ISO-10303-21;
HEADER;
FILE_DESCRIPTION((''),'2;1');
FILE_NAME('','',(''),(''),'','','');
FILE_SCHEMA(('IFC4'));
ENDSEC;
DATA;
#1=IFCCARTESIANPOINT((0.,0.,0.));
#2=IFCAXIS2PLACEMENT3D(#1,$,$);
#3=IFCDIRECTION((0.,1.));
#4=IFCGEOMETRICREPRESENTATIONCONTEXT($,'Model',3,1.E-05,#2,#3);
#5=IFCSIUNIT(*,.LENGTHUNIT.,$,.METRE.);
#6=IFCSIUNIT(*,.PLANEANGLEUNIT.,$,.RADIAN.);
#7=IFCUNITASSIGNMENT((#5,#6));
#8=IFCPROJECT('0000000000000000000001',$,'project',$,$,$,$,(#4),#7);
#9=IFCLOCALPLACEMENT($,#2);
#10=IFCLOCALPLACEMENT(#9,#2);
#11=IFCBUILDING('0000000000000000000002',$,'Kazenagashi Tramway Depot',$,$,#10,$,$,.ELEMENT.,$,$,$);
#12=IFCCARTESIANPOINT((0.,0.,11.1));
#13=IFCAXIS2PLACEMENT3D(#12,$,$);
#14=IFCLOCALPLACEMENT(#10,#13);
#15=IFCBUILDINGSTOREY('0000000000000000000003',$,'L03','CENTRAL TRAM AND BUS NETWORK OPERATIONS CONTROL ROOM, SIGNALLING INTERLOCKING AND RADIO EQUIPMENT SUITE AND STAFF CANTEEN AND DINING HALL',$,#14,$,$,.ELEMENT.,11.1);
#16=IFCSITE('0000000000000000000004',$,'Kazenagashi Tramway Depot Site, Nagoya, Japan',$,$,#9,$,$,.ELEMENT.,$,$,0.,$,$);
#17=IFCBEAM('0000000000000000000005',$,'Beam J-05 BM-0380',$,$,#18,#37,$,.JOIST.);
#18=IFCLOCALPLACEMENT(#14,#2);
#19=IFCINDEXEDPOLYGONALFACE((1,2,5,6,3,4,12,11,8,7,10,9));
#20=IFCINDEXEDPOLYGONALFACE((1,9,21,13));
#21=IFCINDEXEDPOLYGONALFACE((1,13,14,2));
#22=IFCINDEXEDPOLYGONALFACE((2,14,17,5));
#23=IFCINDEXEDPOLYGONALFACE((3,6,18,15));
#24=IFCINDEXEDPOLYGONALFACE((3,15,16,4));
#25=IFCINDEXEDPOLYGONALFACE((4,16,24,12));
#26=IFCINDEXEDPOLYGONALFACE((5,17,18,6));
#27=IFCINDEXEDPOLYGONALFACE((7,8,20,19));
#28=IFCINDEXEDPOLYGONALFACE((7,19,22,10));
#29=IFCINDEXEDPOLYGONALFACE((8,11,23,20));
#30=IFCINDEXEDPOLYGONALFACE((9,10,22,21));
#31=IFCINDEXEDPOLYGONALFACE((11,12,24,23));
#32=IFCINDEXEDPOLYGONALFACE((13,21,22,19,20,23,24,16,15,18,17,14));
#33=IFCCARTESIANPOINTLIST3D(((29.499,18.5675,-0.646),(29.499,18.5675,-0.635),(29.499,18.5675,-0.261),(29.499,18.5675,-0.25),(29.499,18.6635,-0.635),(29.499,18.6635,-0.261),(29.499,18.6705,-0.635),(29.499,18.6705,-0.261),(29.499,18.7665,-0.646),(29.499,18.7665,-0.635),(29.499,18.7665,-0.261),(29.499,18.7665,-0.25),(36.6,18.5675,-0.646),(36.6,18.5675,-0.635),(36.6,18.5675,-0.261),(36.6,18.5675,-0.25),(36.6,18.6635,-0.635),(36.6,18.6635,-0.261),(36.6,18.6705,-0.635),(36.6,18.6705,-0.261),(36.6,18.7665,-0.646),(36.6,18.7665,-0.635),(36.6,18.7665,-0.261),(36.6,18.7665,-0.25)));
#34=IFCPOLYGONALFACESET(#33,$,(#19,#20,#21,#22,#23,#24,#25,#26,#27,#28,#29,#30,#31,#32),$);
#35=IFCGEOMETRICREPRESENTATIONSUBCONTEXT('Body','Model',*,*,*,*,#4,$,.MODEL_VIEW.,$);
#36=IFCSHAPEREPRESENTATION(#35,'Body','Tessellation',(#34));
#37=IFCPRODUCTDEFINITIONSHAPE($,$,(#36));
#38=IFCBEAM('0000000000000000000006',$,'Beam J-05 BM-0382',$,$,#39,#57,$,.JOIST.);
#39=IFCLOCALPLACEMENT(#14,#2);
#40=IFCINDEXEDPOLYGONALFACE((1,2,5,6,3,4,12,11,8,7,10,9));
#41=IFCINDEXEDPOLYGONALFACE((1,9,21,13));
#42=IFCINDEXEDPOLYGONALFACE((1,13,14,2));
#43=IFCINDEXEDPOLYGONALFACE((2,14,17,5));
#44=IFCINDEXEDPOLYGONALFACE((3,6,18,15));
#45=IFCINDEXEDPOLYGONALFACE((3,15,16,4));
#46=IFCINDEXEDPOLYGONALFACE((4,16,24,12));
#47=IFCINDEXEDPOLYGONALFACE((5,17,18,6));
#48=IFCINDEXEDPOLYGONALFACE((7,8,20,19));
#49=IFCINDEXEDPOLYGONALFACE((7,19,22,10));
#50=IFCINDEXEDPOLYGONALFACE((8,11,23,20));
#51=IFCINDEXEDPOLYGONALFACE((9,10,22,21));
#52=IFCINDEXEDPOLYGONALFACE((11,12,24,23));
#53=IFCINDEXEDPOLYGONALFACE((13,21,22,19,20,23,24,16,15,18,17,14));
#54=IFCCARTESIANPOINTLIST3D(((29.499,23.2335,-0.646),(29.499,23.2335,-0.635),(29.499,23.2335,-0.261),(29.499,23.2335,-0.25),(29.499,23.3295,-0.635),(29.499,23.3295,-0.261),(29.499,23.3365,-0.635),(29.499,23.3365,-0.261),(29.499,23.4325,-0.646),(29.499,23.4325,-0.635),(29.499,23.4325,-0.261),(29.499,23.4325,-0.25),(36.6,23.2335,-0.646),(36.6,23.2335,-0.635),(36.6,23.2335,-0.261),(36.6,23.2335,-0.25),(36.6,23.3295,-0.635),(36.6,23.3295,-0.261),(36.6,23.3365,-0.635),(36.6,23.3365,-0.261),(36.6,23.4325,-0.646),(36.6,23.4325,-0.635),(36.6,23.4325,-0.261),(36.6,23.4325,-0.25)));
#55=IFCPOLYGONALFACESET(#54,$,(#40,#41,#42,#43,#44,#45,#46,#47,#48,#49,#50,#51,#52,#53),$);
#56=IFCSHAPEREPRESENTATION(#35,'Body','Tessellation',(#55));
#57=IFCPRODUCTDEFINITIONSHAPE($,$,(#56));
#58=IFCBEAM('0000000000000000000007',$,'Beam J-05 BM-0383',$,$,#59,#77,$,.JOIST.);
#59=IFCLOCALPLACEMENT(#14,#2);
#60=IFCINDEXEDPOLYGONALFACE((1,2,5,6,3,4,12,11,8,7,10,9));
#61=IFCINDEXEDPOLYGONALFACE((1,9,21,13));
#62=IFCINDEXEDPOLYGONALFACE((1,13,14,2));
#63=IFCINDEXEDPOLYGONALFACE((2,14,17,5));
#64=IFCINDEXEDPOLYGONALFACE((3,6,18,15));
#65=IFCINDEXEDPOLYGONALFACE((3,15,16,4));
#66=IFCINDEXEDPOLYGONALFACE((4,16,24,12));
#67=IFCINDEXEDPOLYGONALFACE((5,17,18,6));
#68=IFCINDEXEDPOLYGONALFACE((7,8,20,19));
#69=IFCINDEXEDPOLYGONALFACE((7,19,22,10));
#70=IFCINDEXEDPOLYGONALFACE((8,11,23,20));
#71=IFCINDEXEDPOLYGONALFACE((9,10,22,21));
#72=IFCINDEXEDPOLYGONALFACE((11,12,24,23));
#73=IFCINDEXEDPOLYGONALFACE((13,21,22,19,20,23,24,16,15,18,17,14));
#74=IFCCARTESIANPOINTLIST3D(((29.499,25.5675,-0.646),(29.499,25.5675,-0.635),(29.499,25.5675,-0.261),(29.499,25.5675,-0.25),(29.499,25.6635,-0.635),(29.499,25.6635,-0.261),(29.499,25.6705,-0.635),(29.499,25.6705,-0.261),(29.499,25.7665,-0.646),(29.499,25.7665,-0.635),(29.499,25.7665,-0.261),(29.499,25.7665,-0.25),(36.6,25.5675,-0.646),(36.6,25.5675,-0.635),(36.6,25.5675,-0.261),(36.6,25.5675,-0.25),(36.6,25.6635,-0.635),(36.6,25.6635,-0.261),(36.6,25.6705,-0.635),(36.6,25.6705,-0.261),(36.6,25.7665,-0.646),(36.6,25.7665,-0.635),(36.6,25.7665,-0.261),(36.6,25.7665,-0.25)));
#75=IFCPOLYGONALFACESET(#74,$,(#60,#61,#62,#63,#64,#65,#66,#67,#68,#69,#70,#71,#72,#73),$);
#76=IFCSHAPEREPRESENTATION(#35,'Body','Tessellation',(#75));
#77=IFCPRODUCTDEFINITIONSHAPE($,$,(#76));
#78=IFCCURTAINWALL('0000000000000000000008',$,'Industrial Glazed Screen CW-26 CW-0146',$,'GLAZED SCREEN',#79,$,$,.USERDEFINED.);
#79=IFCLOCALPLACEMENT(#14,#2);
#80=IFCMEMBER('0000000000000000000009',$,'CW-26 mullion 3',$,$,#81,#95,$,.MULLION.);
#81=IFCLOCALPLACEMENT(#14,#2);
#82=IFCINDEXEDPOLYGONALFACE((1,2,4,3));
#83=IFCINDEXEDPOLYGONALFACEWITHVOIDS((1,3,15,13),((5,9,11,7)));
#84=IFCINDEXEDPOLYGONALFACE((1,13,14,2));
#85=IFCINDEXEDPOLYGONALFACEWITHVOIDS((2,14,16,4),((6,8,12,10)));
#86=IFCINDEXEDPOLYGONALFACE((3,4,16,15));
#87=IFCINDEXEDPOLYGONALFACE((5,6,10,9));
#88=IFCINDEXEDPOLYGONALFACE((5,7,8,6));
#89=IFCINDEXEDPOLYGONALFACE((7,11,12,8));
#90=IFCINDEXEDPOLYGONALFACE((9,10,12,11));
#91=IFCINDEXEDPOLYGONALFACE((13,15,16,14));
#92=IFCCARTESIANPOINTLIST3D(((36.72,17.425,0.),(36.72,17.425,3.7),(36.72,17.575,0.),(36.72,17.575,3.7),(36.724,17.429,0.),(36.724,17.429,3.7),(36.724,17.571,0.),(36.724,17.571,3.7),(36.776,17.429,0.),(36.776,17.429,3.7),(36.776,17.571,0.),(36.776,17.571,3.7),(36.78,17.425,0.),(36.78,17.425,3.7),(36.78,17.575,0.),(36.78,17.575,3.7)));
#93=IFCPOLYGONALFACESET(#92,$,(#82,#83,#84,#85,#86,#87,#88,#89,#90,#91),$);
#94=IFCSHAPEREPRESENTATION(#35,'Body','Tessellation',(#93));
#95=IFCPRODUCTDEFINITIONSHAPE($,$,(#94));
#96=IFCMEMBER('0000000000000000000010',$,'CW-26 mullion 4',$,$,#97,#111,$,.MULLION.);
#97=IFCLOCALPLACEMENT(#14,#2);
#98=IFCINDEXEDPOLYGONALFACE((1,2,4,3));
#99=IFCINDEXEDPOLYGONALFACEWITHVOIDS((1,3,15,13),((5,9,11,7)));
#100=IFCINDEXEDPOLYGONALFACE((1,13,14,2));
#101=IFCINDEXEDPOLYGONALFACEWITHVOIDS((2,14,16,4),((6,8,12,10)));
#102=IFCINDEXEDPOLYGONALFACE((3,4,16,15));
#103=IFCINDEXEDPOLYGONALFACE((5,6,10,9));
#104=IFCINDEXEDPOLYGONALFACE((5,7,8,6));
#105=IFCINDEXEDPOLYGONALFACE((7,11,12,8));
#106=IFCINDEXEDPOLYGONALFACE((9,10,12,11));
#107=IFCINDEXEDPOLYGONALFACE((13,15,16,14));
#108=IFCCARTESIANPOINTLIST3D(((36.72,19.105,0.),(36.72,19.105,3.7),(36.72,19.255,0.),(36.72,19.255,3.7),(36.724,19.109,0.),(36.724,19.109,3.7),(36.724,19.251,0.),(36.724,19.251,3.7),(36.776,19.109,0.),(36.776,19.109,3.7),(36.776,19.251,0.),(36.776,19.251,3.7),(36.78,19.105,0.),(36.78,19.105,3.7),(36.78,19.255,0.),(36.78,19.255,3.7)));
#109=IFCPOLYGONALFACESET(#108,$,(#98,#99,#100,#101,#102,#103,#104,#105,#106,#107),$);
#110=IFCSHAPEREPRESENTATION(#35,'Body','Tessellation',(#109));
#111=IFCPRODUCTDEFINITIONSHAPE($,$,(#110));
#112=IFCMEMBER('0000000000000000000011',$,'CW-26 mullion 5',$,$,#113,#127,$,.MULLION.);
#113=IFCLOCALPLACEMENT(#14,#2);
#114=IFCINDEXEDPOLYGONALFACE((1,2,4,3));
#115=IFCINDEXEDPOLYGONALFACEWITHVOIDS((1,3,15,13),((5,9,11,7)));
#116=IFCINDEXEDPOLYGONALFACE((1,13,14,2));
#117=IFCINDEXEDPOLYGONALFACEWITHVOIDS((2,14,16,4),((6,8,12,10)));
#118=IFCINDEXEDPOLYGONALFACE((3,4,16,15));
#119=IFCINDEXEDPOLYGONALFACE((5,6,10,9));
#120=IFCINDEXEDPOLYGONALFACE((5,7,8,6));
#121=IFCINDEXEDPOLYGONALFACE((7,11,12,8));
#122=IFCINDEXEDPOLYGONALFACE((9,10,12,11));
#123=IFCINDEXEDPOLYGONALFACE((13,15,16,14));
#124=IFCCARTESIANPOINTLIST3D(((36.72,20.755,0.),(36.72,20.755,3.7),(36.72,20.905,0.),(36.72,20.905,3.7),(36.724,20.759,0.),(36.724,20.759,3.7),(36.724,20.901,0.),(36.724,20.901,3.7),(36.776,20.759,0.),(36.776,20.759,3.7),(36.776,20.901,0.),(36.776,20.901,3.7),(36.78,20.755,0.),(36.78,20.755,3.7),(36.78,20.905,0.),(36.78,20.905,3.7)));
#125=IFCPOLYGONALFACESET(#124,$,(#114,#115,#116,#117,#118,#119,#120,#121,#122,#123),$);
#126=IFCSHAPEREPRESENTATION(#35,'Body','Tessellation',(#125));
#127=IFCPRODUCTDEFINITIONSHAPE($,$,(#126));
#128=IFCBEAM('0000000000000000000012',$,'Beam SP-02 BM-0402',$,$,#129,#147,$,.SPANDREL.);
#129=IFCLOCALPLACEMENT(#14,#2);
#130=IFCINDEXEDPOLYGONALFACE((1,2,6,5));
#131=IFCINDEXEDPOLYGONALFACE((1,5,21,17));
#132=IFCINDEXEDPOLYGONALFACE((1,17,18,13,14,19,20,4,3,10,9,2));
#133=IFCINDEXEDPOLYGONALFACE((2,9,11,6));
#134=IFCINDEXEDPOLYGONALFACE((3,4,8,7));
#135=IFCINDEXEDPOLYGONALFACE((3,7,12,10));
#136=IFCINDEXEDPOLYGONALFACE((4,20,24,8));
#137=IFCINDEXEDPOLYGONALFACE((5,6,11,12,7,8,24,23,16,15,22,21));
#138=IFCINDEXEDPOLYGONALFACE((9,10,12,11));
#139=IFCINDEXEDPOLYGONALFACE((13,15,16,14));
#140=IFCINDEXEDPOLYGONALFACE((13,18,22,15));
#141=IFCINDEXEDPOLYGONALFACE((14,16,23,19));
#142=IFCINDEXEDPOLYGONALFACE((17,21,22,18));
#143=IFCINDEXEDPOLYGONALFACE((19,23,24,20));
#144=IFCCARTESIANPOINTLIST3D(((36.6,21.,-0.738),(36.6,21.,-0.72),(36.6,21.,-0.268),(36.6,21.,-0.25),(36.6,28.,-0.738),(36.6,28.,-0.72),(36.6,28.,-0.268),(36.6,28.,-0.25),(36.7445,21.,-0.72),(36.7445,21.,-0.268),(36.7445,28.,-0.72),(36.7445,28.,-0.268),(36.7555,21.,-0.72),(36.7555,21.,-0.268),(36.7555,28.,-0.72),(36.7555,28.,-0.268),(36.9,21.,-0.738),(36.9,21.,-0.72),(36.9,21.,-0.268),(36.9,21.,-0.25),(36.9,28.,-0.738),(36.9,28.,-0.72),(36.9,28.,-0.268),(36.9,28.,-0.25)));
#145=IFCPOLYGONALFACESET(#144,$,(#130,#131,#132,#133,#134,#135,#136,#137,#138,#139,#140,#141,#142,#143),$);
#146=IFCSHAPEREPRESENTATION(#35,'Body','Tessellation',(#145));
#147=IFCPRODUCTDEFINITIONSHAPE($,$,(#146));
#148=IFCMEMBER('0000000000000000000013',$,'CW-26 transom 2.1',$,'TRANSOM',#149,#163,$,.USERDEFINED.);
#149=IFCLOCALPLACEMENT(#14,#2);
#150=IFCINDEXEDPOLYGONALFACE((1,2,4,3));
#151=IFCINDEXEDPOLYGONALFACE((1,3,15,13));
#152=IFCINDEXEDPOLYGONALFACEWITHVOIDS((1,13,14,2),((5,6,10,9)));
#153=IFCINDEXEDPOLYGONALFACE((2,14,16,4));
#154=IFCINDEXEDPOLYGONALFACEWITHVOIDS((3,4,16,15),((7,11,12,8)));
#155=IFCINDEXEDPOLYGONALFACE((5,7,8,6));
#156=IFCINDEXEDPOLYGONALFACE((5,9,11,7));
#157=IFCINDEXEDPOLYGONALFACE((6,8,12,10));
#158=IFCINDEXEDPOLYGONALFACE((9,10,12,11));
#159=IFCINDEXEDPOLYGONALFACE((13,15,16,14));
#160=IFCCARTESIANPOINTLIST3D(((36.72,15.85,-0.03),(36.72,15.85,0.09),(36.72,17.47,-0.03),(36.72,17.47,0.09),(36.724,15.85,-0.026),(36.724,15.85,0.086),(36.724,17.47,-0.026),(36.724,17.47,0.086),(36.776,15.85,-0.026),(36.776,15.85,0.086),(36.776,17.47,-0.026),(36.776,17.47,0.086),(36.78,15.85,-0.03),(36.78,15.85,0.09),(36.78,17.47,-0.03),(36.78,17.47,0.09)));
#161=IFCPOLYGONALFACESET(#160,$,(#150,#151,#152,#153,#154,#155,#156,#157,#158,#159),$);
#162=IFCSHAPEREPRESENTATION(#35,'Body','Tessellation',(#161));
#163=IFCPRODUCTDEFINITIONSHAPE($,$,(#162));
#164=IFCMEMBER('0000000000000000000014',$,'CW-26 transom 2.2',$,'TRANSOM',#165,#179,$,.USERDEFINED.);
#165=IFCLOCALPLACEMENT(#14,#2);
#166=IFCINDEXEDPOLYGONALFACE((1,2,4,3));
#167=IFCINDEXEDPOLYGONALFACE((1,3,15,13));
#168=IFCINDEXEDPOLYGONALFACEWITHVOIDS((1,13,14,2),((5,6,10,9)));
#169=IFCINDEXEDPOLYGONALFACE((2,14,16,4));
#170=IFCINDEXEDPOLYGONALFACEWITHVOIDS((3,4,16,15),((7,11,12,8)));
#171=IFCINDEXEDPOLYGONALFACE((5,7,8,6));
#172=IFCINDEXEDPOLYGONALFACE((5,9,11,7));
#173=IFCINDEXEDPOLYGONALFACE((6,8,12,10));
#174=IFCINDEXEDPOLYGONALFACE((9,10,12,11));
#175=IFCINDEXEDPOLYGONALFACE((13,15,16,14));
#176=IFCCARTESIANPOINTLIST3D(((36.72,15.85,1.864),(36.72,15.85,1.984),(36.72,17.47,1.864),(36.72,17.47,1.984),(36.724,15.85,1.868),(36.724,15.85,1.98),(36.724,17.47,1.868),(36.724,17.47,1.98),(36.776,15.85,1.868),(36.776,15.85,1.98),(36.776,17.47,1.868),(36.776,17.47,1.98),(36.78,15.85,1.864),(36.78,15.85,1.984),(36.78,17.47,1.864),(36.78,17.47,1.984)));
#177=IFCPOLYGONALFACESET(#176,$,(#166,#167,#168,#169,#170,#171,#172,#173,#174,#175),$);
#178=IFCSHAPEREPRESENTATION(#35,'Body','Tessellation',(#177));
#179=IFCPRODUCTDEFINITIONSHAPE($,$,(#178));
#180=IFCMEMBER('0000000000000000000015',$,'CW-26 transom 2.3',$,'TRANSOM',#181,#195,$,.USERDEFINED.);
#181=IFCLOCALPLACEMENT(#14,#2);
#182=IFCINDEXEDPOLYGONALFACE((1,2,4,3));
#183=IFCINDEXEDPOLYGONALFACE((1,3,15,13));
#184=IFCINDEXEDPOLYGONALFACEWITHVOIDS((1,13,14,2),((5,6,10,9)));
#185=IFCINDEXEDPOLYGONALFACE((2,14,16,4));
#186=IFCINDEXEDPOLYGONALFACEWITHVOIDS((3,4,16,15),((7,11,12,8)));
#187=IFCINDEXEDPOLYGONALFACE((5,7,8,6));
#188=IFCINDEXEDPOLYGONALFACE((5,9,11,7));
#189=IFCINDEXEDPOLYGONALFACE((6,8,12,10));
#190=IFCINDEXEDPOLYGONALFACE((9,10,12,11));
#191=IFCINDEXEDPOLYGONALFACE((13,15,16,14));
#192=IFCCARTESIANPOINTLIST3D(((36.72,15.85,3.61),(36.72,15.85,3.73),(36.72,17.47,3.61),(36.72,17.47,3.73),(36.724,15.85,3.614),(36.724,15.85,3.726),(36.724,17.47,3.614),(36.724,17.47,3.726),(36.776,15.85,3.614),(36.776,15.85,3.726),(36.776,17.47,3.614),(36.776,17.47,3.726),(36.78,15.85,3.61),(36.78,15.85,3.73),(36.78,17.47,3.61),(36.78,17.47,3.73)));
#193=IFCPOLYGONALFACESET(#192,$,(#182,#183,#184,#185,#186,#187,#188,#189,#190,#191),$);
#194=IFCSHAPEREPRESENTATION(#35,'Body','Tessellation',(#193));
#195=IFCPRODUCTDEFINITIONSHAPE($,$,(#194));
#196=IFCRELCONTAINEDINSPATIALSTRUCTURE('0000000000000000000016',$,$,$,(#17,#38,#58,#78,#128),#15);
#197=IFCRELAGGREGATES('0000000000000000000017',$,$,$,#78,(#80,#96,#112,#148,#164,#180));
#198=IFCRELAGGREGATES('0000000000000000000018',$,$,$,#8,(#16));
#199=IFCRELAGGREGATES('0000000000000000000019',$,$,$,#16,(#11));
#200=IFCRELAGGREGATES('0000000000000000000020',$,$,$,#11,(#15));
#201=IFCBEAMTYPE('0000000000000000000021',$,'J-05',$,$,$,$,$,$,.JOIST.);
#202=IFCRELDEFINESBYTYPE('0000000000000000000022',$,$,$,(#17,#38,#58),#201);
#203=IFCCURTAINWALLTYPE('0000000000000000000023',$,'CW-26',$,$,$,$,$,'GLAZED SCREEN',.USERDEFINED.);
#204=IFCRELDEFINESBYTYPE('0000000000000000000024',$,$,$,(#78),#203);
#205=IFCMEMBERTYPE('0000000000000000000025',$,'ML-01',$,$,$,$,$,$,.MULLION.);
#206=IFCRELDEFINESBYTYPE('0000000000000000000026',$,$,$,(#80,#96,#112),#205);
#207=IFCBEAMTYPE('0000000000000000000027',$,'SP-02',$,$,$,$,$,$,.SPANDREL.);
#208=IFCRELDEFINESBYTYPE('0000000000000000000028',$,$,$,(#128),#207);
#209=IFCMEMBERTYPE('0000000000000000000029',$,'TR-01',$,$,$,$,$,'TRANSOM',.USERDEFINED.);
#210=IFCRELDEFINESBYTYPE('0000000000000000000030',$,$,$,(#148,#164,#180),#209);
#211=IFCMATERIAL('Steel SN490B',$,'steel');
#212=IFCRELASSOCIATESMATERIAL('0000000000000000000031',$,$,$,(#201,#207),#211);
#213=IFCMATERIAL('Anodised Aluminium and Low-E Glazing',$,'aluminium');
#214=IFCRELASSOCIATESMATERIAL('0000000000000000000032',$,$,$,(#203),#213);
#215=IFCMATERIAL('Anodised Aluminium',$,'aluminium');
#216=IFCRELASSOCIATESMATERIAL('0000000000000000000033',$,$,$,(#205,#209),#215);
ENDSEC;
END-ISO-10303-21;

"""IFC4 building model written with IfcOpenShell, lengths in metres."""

from ifc_helpers import new_model, si_unit, direction, frame, origin, origin_2d, place, context, subcontext, project, spatial, hollow_rectangle, i_section, extrude, material, material_profile, profile_set, type_object, element, aggregate, save


model = new_model("IFC4")

# Units and contexts
model_context = context("Model", 3, precision=1e-05, world=origin(), true_north=direction((0.0, 1.0)))
body_context = subcontext(model_context, "Body", "Model", "MODEL_VIEW")
ifc_project = project(units=[si_unit("LENGTHUNIT", "METRE"), si_unit("PLANEANGLEUNIT", "RADIAN")], contexts=[model_context])

# Site, building, storey
site_placement = place(None, origin())
site = spatial("IfcSite", under=ifc_project, at=site_placement, Name="Kazenagashi Tramway Depot Site, Nagoya, Japan", CompositionType="ELEMENT", RefElevation=0.0)
building_placement = place(site_placement, origin())
building = spatial("IfcBuilding", under=site, at=building_placement, Name="Kazenagashi Tramway Depot", CompositionType="ELEMENT")
storey_placement = place(building_placement, frame((0.0, 0.0, 11.1)))
storey = spatial("IfcBuildingStorey", under=building, at=storey_placement, Name="L03", Description="CENTRAL TRAM AND BUS NETWORK OPERATIONS CONTROL ROOM, SIGNALLING INTERLOCKING AND RADIO EQUIPMENT SUITE AND STAFF CANTEEN AND DINING HALL", CompositionType="ELEMENT", Elevation=11.1)

# Shared definitions
ifc_material_1 = material(Name="Steel SN490B", Category="steel")

# Beams
ifc_material_profile_1 = material_profile(ifc_material_1, i_section(OverallWidth=0.199, OverallDepth=0.396, WebThickness=0.007, FlangeThickness=0.011, at=origin_2d()), Name="H-396x199x7x11")
ifc_profile_set_1 = profile_set([ifc_material_profile_1], Name="Steel SN490B")
beam_type_1 = type_object("IfcBeamType", Name="J-05", PredefinedType="JOIST", material=ifc_profile_set_1)
for number, where, z_axis, x_axis, name in (
    (1, (29.499, 18.667, -0.448), (1.0, 0.0, 0.0), (0.0, 1.0, 0.0), "Beam J-05 BM-0380"),
    (2, (29.499, 23.333, -0.448), (1.0, 0.0, 0.0), (0.0, 1.0, 0.0), "Beam J-05 BM-0382"),
    (3, (29.499, 25.667, -0.448), (1.0, 0.0, 0.0), (0.0, 1.0, 0.0), "Beam J-05 BM-0383"),
):
    element("IfcBeam", number, at=place(storey_placement, frame(where, z_axis=z_axis, x_axis=x_axis)), inside=storey, type_object=beam_type_1, Name=name, PredefinedType="JOIST", context=body_context, shape_type="SweptSolid", body=[
        extrude(i_section(OverallWidth=0.199, OverallDepth=0.396, WebThickness=0.007, FlangeThickness=0.011, at=origin_2d()), origin(), (0.0, 0.0, 1.0), 7.101),
    ])

# Curtain wall, members
ifc_material_2 = material(Name="Anodised Aluminium and Low-E Glazing", Category="aluminium")
curtain_wall_type = type_object("IfcCurtainWallType", Name="CW-26", ElementType="GLAZED SCREEN", PredefinedType="USERDEFINED", material=ifc_material_2)
curtain_wall_placement = place(storey_placement, origin())
curtain_wall = element("IfcCurtainWall", 4, at=curtain_wall_placement, inside=storey, type_object=curtain_wall_type, Name="Industrial Glazed Screen CW-26 CW-0146", ObjectType="GLAZED SCREEN", PredefinedType="USERDEFINED")
ifc_material_3 = material(Name="Anodised Aluminium", Category="aluminium")
ifc_material_profile_2 = material_profile(ifc_material_3, hollow_rectangle(XDim=0.06, YDim=0.15, WallThickness=0.004, at=origin_2d()), Name="RHS-150x60x4")
ifc_profile_set_2 = profile_set([ifc_material_profile_2], Name="Anodised Aluminium")
member_type_1 = type_object("IfcMemberType", Name="ML-01", PredefinedType="MULLION", material=ifc_profile_set_2)
member_1_placement = place(storey_placement, frame((36.75, 17.5, 0.0), z_axis=(0.0, 0.0, 1.0), x_axis=(-1.0, 0.0, 0.0)))
member_1 = element("IfcMember", 5, at=member_1_placement, type_object=member_type_1, Name="CW-26 mullion 3", PredefinedType="MULLION", context=body_context, shape_type="SweptSolid", body=[
    extrude(hollow_rectangle(XDim=0.06, YDim=0.15, WallThickness=0.004, at=origin_2d()), origin(), (0.0, 0.0, 1.0), 3.7),
])
member_2_placement = place(storey_placement, frame((36.75, 19.18, 0.0), z_axis=(0.0, 0.0, 1.0), x_axis=(-1.0, 0.0, 0.0)))
member_2 = element("IfcMember", 6, at=member_2_placement, type_object=member_type_1, Name="CW-26 mullion 4", PredefinedType="MULLION", context=body_context, shape_type="SweptSolid", body=[
    extrude(hollow_rectangle(XDim=0.06, YDim=0.15, WallThickness=0.004, at=origin_2d()), origin(), (0.0, 0.0, 1.0), 3.7),
])
member_3_placement = place(storey_placement, frame((36.75, 20.83, 0.0), z_axis=(0.0, 0.0, 1.0), x_axis=(-1.0, 0.0, 0.0)))
member_3 = element("IfcMember", 7, at=member_3_placement, type_object=member_type_1, Name="CW-26 mullion 5", PredefinedType="MULLION", context=body_context, shape_type="SweptSolid", body=[
    extrude(hollow_rectangle(XDim=0.06, YDim=0.15, WallThickness=0.004, at=origin_2d()), origin(), (0.0, 0.0, 1.0), 3.7),
])

# Beam
ifc_material_profile_3 = material_profile(ifc_material_1, i_section(OverallWidth=0.3, OverallDepth=0.488, WebThickness=0.011, FlangeThickness=0.018, at=origin_2d()), Name="H-488x300x11x18")
ifc_profile_set_3 = profile_set([ifc_material_profile_3], Name="Steel SN490B")
beam_type_2 = type_object("IfcBeamType", Name="SP-02", PredefinedType="SPANDREL", material=ifc_profile_set_3)
beam_1_placement = place(storey_placement, frame((36.75, 21.0, -0.494), z_axis=(0.0, 1.0, 0.0), x_axis=(-1.0, 0.0, 0.0)))
element("IfcBeam", 8, at=beam_1_placement, inside=storey, type_object=beam_type_2, Name="Beam SP-02 BM-0402", PredefinedType="SPANDREL", context=body_context, shape_type="SweptSolid", body=[
    extrude(i_section(OverallWidth=0.3, OverallDepth=0.488, WebThickness=0.011, FlangeThickness=0.018, at=origin_2d()), origin(), (0.0, 0.0, 1.0), 7.0),
])

# Members
ifc_material_profile_4 = material_profile(ifc_material_3, hollow_rectangle(XDim=0.06, YDim=0.12, WallThickness=0.004, at=origin_2d()), Name="RHS-120x60x4")
ifc_profile_set_4 = profile_set([ifc_material_profile_4], Name="Anodised Aluminium")
member_type_2 = type_object("IfcMemberType", Name="TR-01", ElementType="TRANSOM", PredefinedType="USERDEFINED", material=ifc_profile_set_4)
member_4_placement = place(storey_placement, frame((36.75, 15.85, 0.03), z_axis=(0.0, 1.0, 0.0), x_axis=(-1.0, 0.0, 0.0)))
member_4 = element("IfcMember", 9, at=member_4_placement, type_object=member_type_2, Name="CW-26 transom 2.1", ObjectType="TRANSOM", PredefinedType="USERDEFINED", context=body_context, shape_type="SweptSolid", body=[
    extrude(hollow_rectangle(XDim=0.06, YDim=0.12, WallThickness=0.004, at=origin_2d()), origin(), (0.0, 0.0, 1.0), 1.62),
])
member_5_placement = place(storey_placement, frame((36.75, 15.85, 1.924), z_axis=(0.0, 1.0, 0.0), x_axis=(-1.0, 0.0, 0.0)))
member_5 = element("IfcMember", 10, at=member_5_placement, type_object=member_type_2, Name="CW-26 transom 2.2", ObjectType="TRANSOM", PredefinedType="USERDEFINED", context=body_context, shape_type="SweptSolid", body=[
    extrude(hollow_rectangle(XDim=0.06, YDim=0.12, WallThickness=0.004, at=origin_2d()), origin(), (0.0, 0.0, 1.0), 1.62),
])
member_6_placement = place(storey_placement, frame((36.75, 15.85, 3.67), z_axis=(0.0, 1.0, 0.0), x_axis=(-1.0, 0.0, 0.0)))
member_6 = element("IfcMember", 11, at=member_6_placement, type_object=member_type_2, Name="CW-26 transom 2.3", ObjectType="TRANSOM", PredefinedType="USERDEFINED", context=body_context, shape_type="SweptSolid", body=[
    extrude(hollow_rectangle(XDim=0.06, YDim=0.12, WallThickness=0.004, at=origin_2d()), origin(), (0.0, 0.0, 1.0), 1.62),
])

aggregate(curtain_wall, [member_1, member_2, member_3, member_4, member_5, member_6])

save(model, "model.ifc")
